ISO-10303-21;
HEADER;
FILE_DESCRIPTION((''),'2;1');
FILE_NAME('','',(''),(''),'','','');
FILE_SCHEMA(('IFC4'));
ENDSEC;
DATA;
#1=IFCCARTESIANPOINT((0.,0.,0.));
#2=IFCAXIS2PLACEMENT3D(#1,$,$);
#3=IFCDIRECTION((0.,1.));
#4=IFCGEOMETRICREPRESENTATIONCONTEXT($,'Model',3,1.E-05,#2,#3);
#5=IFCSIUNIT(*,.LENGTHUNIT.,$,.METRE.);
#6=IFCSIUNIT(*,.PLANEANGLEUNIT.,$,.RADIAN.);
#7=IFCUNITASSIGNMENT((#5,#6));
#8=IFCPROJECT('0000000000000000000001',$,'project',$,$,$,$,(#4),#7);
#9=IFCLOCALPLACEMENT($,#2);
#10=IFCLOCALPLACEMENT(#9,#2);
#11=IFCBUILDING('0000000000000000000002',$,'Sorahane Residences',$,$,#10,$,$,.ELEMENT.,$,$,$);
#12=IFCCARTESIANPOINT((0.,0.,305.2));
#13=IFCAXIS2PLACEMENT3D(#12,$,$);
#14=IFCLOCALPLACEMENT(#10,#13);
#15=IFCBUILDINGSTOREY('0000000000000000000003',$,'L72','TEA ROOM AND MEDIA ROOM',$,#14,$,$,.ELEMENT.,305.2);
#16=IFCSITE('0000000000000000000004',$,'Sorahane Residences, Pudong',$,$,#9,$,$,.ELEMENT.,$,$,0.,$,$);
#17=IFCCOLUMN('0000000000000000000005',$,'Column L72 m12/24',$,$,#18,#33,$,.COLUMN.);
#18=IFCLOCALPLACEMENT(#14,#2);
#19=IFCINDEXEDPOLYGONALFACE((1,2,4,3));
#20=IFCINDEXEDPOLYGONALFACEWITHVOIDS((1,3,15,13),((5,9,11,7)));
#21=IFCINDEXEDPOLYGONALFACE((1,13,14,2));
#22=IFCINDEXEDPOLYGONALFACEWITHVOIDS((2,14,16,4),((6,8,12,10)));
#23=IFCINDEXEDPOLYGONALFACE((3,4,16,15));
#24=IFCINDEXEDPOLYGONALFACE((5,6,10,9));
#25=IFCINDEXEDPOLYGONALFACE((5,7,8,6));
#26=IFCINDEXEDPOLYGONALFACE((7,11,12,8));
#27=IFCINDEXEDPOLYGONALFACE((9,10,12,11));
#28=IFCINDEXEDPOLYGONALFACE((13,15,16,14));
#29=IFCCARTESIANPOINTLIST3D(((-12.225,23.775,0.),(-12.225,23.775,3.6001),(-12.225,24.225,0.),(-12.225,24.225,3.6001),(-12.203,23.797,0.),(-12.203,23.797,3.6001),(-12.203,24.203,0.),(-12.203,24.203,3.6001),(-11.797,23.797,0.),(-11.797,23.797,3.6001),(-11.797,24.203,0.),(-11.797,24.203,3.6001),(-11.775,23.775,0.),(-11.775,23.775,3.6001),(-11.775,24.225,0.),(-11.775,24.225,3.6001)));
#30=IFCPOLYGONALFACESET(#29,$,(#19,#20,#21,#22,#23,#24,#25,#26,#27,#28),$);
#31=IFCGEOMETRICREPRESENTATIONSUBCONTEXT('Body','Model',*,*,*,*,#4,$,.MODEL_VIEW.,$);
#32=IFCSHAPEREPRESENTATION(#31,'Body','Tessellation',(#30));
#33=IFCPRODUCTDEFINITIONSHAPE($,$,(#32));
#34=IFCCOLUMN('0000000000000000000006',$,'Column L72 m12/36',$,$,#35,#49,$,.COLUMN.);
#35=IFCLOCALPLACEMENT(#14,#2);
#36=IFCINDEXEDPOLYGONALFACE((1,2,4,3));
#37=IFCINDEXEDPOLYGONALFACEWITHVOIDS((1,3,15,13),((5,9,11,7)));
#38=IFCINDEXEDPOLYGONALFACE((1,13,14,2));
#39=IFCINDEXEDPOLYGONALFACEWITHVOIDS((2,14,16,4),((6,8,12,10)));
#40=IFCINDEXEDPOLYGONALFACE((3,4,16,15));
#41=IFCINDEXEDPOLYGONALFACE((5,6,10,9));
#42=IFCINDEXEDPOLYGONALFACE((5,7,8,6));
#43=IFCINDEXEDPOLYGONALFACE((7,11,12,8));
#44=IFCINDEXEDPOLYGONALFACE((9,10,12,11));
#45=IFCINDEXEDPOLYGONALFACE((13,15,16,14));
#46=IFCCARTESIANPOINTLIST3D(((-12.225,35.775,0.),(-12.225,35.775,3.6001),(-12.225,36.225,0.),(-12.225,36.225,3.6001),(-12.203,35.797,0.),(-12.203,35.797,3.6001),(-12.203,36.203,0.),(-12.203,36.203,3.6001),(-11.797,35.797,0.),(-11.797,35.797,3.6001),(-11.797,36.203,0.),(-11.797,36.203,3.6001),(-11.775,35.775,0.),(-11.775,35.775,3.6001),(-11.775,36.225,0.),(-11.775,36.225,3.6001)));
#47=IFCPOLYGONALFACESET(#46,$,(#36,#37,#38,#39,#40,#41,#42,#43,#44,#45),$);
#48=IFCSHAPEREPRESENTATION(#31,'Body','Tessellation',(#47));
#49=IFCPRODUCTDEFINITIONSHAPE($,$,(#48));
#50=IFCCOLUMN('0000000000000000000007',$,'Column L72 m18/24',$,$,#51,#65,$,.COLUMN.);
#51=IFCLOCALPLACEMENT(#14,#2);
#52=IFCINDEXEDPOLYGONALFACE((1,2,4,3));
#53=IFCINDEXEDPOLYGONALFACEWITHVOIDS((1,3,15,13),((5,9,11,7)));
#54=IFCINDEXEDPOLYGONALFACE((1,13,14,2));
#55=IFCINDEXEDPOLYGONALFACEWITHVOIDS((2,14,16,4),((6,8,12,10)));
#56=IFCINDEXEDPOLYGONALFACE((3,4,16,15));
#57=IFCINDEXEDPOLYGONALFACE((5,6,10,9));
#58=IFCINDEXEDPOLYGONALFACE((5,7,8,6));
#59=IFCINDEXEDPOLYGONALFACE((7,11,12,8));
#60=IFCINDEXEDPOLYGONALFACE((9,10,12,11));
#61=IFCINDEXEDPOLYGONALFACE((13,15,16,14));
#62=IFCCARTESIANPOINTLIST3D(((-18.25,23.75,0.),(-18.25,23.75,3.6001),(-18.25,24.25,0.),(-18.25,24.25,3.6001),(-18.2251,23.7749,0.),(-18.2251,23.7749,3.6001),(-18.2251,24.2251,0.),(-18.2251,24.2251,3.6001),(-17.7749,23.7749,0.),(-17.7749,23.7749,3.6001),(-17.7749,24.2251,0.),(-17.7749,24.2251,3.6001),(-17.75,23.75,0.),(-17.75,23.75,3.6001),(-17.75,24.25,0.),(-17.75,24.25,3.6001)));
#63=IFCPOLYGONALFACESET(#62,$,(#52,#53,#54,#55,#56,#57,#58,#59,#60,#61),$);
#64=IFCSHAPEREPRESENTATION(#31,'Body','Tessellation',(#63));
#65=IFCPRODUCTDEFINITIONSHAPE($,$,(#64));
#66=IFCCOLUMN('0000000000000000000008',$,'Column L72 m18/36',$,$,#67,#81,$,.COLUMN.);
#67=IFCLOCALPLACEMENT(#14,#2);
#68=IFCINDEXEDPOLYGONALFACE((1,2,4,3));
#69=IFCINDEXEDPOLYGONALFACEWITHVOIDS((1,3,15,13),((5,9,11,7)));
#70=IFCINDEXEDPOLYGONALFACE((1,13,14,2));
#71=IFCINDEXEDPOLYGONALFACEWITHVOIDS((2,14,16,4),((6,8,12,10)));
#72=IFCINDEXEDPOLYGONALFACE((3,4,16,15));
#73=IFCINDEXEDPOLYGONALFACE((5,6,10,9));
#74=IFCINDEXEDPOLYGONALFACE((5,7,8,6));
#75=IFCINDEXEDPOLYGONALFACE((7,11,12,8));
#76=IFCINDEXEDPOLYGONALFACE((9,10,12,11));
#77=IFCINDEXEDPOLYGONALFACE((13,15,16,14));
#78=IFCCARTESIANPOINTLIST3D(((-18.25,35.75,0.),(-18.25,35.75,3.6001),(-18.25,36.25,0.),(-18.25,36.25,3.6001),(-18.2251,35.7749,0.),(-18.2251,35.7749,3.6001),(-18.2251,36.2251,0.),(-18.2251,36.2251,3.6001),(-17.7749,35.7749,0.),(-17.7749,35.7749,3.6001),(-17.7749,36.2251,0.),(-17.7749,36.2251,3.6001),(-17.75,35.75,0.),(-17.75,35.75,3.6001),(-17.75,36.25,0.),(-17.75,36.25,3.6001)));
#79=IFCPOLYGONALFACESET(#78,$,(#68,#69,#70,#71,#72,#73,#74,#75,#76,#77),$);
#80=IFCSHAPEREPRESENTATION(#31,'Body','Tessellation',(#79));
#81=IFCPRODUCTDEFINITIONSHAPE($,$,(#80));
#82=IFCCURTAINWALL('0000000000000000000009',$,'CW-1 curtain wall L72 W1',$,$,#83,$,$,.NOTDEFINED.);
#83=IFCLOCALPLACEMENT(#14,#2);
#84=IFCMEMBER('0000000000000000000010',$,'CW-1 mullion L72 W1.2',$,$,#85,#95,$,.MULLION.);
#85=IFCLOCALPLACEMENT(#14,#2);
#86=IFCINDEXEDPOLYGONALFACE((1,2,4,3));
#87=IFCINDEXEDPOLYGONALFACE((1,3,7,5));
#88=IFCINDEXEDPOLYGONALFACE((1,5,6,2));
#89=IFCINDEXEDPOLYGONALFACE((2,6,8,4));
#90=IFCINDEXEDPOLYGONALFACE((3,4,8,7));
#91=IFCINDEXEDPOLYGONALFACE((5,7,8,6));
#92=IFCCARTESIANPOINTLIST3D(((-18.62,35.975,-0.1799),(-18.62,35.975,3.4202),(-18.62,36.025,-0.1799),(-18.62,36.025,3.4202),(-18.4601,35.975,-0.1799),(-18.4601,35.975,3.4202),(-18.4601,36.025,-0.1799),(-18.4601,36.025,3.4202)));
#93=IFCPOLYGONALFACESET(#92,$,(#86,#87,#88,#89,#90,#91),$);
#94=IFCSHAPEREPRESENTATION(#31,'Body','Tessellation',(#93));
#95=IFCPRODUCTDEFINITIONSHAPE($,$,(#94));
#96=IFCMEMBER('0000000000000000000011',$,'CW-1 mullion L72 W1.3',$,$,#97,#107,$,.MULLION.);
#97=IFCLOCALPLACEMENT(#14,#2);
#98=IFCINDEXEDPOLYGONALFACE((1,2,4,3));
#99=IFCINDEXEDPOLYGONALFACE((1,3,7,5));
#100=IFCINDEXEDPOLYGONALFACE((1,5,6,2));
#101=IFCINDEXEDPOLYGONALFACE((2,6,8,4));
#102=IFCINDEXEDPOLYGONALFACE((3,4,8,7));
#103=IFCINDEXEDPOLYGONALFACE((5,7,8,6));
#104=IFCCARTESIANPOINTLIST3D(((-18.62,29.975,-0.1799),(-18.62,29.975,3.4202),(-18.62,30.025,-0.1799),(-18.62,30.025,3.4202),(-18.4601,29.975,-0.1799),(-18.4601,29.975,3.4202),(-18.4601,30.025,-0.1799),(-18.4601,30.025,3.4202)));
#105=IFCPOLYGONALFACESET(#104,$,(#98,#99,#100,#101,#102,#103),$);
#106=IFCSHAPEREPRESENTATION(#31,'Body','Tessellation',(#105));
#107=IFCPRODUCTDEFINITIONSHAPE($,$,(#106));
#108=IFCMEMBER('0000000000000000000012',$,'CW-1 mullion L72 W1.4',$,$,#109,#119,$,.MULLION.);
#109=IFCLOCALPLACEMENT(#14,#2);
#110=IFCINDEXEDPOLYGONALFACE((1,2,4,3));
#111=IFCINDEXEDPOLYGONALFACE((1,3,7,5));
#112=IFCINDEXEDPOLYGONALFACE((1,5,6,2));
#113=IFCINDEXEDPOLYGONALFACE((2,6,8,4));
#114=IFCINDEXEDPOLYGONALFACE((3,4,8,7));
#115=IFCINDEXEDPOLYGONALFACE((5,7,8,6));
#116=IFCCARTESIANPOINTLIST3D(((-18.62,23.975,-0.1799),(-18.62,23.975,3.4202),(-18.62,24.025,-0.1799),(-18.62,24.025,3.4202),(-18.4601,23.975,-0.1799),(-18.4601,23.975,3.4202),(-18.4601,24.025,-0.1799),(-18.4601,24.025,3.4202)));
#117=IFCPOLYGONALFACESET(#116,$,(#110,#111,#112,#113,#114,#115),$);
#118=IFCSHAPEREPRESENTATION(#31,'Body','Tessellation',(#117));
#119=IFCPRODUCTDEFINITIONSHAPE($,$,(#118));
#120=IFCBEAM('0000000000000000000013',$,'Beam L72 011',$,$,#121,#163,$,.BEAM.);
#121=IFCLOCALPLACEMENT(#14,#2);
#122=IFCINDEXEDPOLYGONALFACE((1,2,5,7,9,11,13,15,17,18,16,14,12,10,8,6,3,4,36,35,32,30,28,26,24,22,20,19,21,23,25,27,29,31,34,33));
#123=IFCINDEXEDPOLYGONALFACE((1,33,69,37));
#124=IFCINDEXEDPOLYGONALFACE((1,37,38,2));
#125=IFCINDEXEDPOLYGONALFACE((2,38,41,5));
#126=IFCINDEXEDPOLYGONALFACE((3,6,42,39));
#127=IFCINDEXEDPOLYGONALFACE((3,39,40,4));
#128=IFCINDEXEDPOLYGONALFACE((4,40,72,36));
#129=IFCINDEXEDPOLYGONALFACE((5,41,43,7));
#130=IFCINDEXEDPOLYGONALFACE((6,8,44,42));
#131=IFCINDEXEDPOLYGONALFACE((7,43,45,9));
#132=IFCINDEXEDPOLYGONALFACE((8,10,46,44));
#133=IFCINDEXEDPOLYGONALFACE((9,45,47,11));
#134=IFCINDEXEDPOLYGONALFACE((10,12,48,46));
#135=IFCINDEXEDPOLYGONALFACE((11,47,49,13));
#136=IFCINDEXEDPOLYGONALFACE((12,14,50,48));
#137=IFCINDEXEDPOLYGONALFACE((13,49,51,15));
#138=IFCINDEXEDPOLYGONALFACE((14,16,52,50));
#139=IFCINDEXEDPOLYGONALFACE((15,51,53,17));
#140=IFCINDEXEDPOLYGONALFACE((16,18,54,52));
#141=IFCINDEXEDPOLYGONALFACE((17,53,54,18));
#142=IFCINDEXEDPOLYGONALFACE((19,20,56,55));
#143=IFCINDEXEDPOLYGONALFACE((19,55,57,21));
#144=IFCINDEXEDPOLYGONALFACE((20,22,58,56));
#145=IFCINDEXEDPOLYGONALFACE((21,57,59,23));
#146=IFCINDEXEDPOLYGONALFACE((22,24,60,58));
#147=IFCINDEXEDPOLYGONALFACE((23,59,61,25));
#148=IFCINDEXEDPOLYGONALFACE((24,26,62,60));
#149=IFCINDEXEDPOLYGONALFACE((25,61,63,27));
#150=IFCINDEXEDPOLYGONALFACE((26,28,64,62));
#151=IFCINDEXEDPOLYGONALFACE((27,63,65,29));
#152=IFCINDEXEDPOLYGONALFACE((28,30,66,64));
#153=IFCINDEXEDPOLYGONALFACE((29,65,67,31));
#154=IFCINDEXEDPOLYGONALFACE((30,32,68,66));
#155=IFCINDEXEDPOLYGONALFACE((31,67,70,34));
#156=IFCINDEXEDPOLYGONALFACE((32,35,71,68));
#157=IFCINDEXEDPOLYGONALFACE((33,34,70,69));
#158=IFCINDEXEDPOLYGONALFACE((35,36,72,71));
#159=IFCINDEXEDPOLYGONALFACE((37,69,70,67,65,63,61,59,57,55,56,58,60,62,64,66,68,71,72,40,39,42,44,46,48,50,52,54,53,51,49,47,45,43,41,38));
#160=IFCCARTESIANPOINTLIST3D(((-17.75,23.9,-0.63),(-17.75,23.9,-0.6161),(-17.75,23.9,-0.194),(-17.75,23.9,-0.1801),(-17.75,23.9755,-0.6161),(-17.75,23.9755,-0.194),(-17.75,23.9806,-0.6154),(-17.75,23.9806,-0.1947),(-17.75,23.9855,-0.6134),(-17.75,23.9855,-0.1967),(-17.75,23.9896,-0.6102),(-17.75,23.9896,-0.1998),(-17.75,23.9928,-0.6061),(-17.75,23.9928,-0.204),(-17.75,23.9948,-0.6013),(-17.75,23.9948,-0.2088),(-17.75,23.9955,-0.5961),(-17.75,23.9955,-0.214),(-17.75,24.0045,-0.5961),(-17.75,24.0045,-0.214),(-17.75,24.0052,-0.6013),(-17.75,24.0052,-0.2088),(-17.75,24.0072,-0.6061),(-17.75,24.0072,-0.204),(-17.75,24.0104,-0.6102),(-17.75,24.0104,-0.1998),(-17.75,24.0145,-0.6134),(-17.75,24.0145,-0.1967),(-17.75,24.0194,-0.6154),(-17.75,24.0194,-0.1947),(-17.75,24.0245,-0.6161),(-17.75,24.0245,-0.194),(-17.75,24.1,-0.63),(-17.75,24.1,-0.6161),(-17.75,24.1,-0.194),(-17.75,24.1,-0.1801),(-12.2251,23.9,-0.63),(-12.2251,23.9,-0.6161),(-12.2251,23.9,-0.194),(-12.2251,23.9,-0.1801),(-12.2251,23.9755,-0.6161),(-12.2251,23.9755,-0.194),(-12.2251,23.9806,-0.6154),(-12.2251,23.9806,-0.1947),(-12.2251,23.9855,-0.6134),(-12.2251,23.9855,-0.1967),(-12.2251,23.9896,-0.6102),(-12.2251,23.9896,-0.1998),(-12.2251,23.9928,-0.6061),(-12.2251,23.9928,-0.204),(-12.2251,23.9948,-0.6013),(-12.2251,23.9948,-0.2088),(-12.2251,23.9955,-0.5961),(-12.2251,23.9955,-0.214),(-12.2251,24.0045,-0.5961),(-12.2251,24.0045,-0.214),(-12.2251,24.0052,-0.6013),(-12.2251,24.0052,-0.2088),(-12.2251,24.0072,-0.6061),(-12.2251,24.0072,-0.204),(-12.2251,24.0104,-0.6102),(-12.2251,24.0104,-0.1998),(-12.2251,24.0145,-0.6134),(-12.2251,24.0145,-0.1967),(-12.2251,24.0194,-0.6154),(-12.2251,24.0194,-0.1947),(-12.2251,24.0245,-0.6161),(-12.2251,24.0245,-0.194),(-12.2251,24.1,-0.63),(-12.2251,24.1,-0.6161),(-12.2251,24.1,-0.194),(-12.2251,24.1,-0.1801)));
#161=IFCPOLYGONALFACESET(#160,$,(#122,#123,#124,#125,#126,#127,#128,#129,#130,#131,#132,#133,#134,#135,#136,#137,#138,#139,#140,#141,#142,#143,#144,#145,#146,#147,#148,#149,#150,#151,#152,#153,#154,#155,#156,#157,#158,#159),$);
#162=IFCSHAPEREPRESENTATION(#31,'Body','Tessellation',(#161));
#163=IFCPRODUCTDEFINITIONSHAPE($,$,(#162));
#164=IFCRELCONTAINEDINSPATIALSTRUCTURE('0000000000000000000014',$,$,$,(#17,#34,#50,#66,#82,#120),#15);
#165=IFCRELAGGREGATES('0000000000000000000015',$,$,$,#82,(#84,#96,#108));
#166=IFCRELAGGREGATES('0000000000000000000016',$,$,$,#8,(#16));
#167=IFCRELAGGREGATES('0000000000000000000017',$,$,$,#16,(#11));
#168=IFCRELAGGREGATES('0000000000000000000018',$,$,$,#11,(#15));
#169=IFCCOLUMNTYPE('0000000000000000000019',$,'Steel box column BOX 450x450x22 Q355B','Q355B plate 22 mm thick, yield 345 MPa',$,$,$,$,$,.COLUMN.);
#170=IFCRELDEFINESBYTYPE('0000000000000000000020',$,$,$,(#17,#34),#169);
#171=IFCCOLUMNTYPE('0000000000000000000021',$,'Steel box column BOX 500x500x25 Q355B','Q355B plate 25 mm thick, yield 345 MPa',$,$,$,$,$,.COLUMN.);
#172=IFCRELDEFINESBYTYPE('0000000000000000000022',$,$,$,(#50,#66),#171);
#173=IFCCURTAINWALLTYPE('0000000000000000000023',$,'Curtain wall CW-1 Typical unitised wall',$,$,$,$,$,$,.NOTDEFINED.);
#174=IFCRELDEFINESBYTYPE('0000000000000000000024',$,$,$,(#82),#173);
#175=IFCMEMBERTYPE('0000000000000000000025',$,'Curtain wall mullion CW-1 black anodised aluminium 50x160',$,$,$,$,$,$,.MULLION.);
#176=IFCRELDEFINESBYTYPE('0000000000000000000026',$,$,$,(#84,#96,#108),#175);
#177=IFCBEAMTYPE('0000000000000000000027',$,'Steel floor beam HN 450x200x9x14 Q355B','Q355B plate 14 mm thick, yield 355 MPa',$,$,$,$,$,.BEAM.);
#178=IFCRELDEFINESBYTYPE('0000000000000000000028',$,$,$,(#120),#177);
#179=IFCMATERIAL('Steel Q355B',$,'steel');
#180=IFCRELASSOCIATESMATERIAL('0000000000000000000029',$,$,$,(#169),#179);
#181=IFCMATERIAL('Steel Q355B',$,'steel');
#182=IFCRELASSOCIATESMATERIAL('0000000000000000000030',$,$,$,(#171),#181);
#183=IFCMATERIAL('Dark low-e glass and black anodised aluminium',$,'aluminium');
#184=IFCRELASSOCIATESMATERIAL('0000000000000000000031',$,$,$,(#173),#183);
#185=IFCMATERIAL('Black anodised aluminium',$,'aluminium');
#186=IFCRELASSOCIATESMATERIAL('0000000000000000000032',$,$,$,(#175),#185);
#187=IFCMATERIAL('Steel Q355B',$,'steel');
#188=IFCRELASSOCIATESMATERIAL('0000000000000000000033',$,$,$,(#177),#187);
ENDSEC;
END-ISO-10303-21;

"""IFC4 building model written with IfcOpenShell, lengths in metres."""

from ifc_helpers import new_model, si_unit, direction, frame, origin, origin_2d, place, context, subcontext, project, spatial, rectangle, hollow_rectangle, i_section, extrude, material, material_profile, profile_set, type_object, element, aggregate, save


model = new_model("IFC4")

# Units and contexts
model_context = context("Model", 3, precision=1e-05, world=origin(), true_north=direction((0.0, 1.0)))
body_context = subcontext(model_context, "Body", "Model", "MODEL_VIEW")
ifc_project = project(units=[si_unit("LENGTHUNIT", "METRE"), si_unit("PLANEANGLEUNIT", "RADIAN")], contexts=[model_context])

# Site, building, storey
site_placement = place(None, origin())
site = spatial("IfcSite", under=ifc_project, at=site_placement, Name="Sorahane Residences, Pudong", CompositionType="ELEMENT", RefElevation=0.0)
building_placement = place(site_placement, origin())
building = spatial("IfcBuilding", under=site, at=building_placement, Name="Sorahane Residences", CompositionType="ELEMENT")
storey_placement = place(building_placement, frame((0.0, 0.0, 305.2)))
storey = spatial("IfcBuildingStorey", under=building, at=storey_placement, Name="L72", Description="TEA ROOM AND MEDIA ROOM", CompositionType="ELEMENT", Elevation=305.2)

# Columns
ifc_material_1 = material(Name="Steel Q355B", Category="steel")
ifc_material_profile_1 = material_profile(ifc_material_1, hollow_rectangle(XDim=0.45, YDim=0.45, WallThickness=0.022, at=origin_2d()), Name="BOX 450x450x22")
ifc_profile_set_1 = profile_set([ifc_material_profile_1], Name="Steel Q355B")
column_type_1 = type_object("IfcColumnType", Name="Steel box column BOX 450x450x22 Q355B", Description="Q355B plate 22 mm thick, yield 345 MPa", PredefinedType="COLUMN", material=ifc_profile_set_1)
for number, where, z_axis, x_axis, name in (
    (1, (-12.0, 24.0, 0.0), (0.0, 0.0, 1.0), (1.0, 0.0, 0.0), "Column L72 m12/24"),
    (2, (-12.0, 36.0, 0.0), (0.0, 0.0, 1.0), (1.0, 0.0, 0.0), "Column L72 m12/36"),
):
    element("IfcColumn", number, at=place(storey_placement, frame(where, z_axis=z_axis, x_axis=x_axis)), inside=storey, type_object=column_type_1, Name=name, PredefinedType="COLUMN", context=body_context, shape_type="SweptSolid", body=[
        extrude(hollow_rectangle(XDim=0.45, YDim=0.45, WallThickness=0.022, at=origin_2d()), origin(), (0.0, 0.0, 1.0), 3.6001),
    ])
ifc_material_2 = material(Name="Steel Q355B", Category="steel")
ifc_material_profile_2 = material_profile(ifc_material_2, hollow_rectangle(XDim=0.5, YDim=0.5, WallThickness=0.0249, at=origin_2d()), Name="BOX 500x500x25")
ifc_profile_set_2 = profile_set([ifc_material_profile_2], Name="Steel Q355B")
column_type_2 = type_object("IfcColumnType", Name="Steel box column BOX 500x500x25 Q355B", Description="Q355B plate 25 mm thick, yield 345 MPa", PredefinedType="COLUMN", material=ifc_profile_set_2)
for number, where, z_axis, x_axis, name in (
    (3, (-18.0, 24.0, 0.0), (0.0, 0.0, 1.0), (1.0, 0.0, 0.0), "Column L72 m18/24"),
    (4, (-18.0, 36.0, 0.0), (0.0, 0.0, 1.0), (1.0, 0.0, 0.0), "Column L72 m18/36"),
):
    element("IfcColumn", number, at=place(storey_placement, frame(where, z_axis=z_axis, x_axis=x_axis)), inside=storey, type_object=column_type_2, Name=name, PredefinedType="COLUMN", context=body_context, shape_type="SweptSolid", body=[
        extrude(hollow_rectangle(XDim=0.5, YDim=0.5, WallThickness=0.0249, at=origin_2d()), origin(), (0.0, 0.0, 1.0), 3.6001),
    ])

# Curtain wall, members
ifc_material_3 = material(Name="Dark low-e glass and black anodised aluminium", Category="aluminium")
curtain_wall_type = type_object("IfcCurtainWallType", Name="Curtain wall CW-1 Typical unitised wall", PredefinedType="NOTDEFINED", material=ifc_material_3)
curtain_wall_placement = place(storey_placement, origin())
curtain_wall = element("IfcCurtainWall", 5, at=curtain_wall_placement, inside=storey, type_object=curtain_wall_type, Name="CW-1 curtain wall L72 W1", PredefinedType="NOTDEFINED")
ifc_material_4 = material(Name="Black anodised aluminium", Category="aluminium")
ifc_material_profile_3 = material_profile(ifc_material_4, rectangle(XDim=0.1599, YDim=0.05, at=origin_2d()), Name="Curtain wall mullion CW-1 black anodised aluminium 50x160")
ifc_profile_set_3 = profile_set([ifc_material_profile_3], Name="Black anodised aluminium")
member_type = type_object("IfcMemberType", Name="Curtain wall mullion CW-1 black anodised aluminium 50x160", PredefinedType="MULLION", material=ifc_profile_set_3)
member_1_placement = place(storey_placement, frame((-18.54, 36.0, -0.1799), z_axis=(0.0, 0.0, 1.0), x_axis=(-1.0, 0.0, 0.0)))
member_1 = element("IfcMember", 6, at=member_1_placement, type_object=member_type, Name="CW-1 mullion L72 W1.2", PredefinedType="MULLION", context=body_context, shape_type="SweptSolid", body=[
    extrude(rectangle(XDim=0.1599, YDim=0.05, at=origin_2d()), origin(), (0.0, 0.0, 1.0), 3.6001),
])
member_2_placement = place(storey_placement, frame((-18.54, 30.0, -0.1799), z_axis=(0.0, 0.0, 1.0), x_axis=(-1.0, 0.0, 0.0)))
member_2 = element("IfcMember", 7, at=member_2_placement, type_object=member_type, Name="CW-1 mullion L72 W1.3", PredefinedType="MULLION", context=body_context, shape_type="SweptSolid", body=[
    extrude(rectangle(XDim=0.1599, YDim=0.05, at=origin_2d()), origin(), (0.0, 0.0, 1.0), 3.6001),
])
member_3_placement = place(storey_placement, frame((-18.54, 24.0, -0.1799), z_axis=(0.0, 0.0, 1.0), x_axis=(-1.0, 0.0, 0.0)))
member_3 = element("IfcMember", 8, at=member_3_placement, type_object=member_type, Name="CW-1 mullion L72 W1.4", PredefinedType="MULLION", context=body_context, shape_type="SweptSolid", body=[
    extrude(rectangle(XDim=0.1599, YDim=0.05, at=origin_2d()), origin(), (0.0, 0.0, 1.0), 3.6001),
])

# Beam
ifc_material_5 = material(Name="Steel Q355B", Category="steel")
ifc_material_profile_4 = material_profile(ifc_material_5, i_section(OverallWidth=0.2, OverallDepth=0.45, WebThickness=0.009, FlangeThickness=0.0139, FilletRadius=0.02, at=origin_2d()), Name="HN 450x200x9x14")
ifc_profile_set_4 = profile_set([ifc_material_profile_4], Name="Steel Q355B")
beam_type_1 = type_object("IfcBeamType", Name="Steel floor beam HN 450x200x9x14 Q355B", Description="Q355B plate 14 mm thick, yield 355 MPa", PredefinedType="BEAM", material=ifc_profile_set_4)
for number, where, z_axis, x_axis, name in (
    (9, (-17.75, 24.0, -0.405), (1.0, 0.0, 0.0), (0.0, 1.0, 0.0), "Beam L72 011"),
):
    element("IfcBeam", number, at=place(storey_placement, frame(where, z_axis=z_axis, x_axis=x_axis)), inside=storey, type_object=beam_type_1, Name=name, PredefinedType="BEAM", context=body_context, shape_type="SweptSolid", body=[
        extrude(i_section(OverallWidth=0.2, OverallDepth=0.45, WebThickness=0.009, FlangeThickness=0.0139, FilletRadius=0.02, at=origin_2d()), origin(), (0.0, 0.0, 1.0), 5.5249),
    ])

aggregate(curtain_wall, [member_1, member_2, member_3])

save(model, "model.ifc")
